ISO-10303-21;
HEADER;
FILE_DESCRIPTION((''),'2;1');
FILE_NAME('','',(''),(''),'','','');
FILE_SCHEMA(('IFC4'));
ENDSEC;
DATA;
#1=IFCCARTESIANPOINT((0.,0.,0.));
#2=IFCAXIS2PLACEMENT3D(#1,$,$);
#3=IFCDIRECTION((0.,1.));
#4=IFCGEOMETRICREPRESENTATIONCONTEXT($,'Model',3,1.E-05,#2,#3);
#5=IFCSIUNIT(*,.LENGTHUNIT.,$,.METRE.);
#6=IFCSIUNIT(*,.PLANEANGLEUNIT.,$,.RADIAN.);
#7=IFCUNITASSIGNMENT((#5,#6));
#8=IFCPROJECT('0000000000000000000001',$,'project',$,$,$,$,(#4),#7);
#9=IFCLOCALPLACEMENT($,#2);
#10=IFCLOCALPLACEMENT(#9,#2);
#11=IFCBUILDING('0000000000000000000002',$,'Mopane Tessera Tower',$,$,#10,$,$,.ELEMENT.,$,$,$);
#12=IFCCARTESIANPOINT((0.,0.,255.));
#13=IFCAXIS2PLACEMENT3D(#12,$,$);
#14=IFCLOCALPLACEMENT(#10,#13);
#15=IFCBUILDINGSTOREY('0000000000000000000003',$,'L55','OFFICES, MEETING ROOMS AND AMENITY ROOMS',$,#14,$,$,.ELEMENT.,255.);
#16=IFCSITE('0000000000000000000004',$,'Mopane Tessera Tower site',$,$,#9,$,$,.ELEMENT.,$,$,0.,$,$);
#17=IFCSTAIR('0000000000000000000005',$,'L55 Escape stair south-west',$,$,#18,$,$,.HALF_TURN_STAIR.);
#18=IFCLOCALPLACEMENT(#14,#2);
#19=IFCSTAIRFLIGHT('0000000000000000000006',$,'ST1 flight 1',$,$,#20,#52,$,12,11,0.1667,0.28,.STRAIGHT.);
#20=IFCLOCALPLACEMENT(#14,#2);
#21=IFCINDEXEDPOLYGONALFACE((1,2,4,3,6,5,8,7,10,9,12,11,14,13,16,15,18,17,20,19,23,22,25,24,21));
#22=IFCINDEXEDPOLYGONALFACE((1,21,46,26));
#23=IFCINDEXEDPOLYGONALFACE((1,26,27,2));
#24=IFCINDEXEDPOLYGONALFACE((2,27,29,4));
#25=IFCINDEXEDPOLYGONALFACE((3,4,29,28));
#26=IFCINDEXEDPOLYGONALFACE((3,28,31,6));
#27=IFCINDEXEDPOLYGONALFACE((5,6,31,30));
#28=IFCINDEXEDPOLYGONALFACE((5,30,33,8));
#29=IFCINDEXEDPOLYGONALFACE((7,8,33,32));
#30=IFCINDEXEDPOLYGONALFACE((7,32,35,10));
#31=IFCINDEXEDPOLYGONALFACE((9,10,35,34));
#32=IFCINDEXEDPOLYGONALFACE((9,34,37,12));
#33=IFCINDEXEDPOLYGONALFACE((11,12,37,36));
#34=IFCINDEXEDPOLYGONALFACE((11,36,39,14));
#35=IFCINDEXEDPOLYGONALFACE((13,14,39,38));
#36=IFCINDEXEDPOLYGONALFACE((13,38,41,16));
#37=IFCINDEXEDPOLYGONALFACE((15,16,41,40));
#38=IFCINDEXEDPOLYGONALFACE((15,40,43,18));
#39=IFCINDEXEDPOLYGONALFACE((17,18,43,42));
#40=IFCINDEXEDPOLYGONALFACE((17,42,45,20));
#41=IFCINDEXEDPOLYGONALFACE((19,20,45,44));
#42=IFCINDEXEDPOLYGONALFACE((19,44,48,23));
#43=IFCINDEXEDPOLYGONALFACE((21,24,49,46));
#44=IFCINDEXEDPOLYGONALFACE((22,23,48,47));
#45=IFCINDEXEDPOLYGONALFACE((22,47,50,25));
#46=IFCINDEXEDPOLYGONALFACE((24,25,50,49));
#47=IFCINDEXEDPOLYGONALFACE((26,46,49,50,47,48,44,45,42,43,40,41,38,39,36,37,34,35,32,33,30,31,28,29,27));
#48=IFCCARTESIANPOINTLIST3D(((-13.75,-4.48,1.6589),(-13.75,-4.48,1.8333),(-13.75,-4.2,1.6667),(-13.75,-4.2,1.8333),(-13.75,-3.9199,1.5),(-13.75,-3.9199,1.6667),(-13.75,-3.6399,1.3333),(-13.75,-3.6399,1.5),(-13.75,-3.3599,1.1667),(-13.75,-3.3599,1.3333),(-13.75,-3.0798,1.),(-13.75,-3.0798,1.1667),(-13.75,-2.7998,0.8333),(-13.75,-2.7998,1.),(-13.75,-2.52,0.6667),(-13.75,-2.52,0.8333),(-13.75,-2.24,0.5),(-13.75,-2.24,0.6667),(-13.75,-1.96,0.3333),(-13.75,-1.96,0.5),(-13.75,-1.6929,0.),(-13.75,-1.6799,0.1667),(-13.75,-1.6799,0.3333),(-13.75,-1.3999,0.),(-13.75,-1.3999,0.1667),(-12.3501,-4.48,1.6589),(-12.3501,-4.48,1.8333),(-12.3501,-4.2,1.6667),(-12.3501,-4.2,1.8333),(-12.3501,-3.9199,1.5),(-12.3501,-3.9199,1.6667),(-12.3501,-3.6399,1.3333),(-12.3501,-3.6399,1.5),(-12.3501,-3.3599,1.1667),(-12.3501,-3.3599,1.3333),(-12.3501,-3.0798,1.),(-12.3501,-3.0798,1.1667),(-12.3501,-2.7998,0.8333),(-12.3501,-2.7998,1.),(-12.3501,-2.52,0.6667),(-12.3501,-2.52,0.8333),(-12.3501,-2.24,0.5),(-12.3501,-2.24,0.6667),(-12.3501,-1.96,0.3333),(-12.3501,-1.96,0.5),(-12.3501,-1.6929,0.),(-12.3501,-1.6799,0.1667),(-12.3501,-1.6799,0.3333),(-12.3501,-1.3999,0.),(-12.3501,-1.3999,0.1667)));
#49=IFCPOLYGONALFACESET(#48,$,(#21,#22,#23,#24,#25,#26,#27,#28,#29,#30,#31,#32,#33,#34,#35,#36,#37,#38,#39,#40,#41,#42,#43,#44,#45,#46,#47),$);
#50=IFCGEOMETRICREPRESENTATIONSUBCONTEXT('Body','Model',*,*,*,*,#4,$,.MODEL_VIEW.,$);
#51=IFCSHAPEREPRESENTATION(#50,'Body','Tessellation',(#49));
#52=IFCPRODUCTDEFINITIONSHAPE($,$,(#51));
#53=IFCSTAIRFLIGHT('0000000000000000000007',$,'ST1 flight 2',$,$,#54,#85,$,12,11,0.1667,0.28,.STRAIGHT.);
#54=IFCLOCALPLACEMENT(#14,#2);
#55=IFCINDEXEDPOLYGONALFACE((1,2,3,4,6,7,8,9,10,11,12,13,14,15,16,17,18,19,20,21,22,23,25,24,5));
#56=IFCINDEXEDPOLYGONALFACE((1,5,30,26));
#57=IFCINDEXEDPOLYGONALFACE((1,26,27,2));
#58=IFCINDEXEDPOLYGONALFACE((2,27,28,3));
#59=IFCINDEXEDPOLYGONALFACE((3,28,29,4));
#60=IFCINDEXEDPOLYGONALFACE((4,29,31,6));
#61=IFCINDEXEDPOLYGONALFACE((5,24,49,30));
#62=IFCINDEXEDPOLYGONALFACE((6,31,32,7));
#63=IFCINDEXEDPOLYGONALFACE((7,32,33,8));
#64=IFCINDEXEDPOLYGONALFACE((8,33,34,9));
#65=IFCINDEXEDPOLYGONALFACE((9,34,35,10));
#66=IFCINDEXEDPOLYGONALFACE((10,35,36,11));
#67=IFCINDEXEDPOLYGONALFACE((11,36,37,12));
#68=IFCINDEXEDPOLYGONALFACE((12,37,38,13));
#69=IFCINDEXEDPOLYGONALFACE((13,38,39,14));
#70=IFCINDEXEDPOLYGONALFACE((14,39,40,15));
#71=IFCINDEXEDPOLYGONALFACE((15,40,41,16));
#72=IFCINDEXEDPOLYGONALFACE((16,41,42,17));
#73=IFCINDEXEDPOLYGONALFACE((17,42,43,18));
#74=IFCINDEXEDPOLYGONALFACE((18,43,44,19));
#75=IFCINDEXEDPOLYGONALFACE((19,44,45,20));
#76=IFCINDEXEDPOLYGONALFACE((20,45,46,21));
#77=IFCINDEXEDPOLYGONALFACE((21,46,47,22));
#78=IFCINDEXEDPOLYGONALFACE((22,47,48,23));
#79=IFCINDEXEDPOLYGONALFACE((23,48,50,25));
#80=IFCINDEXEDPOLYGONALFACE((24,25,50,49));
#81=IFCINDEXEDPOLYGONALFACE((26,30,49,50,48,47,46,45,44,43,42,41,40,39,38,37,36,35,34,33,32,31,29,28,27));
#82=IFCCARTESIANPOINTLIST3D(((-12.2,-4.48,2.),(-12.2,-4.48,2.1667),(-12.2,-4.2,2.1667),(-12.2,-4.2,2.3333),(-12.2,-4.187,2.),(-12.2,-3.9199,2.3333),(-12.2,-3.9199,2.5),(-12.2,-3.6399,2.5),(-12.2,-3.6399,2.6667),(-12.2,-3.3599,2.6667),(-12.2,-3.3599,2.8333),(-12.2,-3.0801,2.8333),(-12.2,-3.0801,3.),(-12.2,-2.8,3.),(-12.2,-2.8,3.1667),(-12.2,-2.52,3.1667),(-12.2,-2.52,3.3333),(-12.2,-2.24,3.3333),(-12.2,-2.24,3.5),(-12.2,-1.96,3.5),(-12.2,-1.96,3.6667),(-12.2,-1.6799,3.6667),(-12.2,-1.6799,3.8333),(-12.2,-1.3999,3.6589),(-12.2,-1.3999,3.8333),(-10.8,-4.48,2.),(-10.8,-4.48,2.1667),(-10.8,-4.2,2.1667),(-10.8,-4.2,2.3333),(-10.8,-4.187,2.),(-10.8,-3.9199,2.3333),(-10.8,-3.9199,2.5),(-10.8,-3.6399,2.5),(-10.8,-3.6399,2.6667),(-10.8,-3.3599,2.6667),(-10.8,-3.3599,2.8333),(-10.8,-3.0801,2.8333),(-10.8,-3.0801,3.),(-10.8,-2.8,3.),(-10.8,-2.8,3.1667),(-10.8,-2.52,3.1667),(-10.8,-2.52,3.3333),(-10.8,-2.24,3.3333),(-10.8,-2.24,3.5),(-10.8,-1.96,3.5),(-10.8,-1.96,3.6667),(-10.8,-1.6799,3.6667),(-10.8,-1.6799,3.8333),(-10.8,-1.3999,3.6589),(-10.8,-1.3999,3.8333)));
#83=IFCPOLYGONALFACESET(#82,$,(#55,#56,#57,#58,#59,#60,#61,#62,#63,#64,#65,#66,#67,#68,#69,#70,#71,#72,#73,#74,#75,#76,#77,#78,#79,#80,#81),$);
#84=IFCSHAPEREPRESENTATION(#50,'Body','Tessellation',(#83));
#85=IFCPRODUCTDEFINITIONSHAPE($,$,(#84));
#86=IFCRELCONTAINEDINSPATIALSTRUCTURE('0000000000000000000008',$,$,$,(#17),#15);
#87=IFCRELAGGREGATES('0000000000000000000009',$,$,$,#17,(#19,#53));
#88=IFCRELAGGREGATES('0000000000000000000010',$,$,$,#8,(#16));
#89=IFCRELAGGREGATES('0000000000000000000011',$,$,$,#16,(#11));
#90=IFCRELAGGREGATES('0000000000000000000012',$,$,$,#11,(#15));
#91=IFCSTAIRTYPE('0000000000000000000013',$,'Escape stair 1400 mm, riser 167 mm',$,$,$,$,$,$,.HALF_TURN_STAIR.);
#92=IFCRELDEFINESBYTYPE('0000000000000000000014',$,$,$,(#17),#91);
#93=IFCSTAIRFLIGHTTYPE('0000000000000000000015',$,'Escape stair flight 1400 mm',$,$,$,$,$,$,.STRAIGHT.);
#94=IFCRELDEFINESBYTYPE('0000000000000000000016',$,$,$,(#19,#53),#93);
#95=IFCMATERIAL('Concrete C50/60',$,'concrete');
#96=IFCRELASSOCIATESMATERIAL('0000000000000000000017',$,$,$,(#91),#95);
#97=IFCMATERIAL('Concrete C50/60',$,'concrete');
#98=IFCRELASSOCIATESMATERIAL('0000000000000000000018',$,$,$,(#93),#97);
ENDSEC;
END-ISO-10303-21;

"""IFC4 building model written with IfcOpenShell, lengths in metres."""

from ifc_helpers import new_model, si_unit, direction, frame, origin, place, context, subcontext, project, spatial, polyline, outline, extrude, material, type_object, element, aggregate, save


model = new_model("IFC4")

# Units and contexts
model_context = context("Model", 3, precision=1e-05, world=origin(), true_north=direction((0.0, 1.0)))
body_context = subcontext(model_context, "Body", "Model", "MODEL_VIEW")
ifc_project = project(units=[si_unit("LENGTHUNIT", "METRE"), si_unit("PLANEANGLEUNIT", "RADIAN")], contexts=[model_context])

# Site, building, storey
site_placement = place(None, origin())
site = spatial("IfcSite", under=ifc_project, at=site_placement, Name="Mopane Tessera Tower site", CompositionType="ELEMENT", RefElevation=0.0)
building_placement = place(site_placement, origin())
building = spatial("IfcBuilding", under=site, at=building_placement, Name="Mopane Tessera Tower", CompositionType="ELEMENT")
storey_placement = place(building_placement, frame((0.0, 0.0, 255.0)))
storey = spatial("IfcBuildingStorey", under=building, at=storey_placement, Name="L55", Description="OFFICES, MEETING ROOMS AND AMENITY ROOMS", CompositionType="ELEMENT", Elevation=255.0)

# Stair, stair flights
ifc_material_1 = material(Name="Concrete C50/60", Category="concrete")
stair_type = type_object("IfcStairType", Name="Escape stair 1400 mm, riser 167 mm", PredefinedType="HALF_TURN_STAIR", material=ifc_material_1)
stair_placement = place(storey_placement, origin())
stair = element("IfcStair", 1, at=stair_placement, inside=storey, type_object=stair_type, Name="L55 Escape stair south-west", PredefinedType="HALF_TURN_STAIR")
ifc_material_2 = material(Name="Concrete C50/60", Category="concrete")
stair_flight_type = type_object("IfcStairFlightType", Name="Escape stair flight 1400 mm", PredefinedType="STRAIGHT", material=ifc_material_2)
stair_flight_1_placement = place(storey_placement, frame((-13.05, -1.3999, 0.0), z_axis=(0.0, 0.0, 1.0), x_axis=(0.0, -1.0, 0.0)))
stair_flight_1 = element("IfcStairFlight", 2, at=stair_flight_1_placement, type_object=stair_flight_type, Name="ST1 flight 1", NumberOfRisers=12, NumberOfTreads=11, PredefinedType="STRAIGHT", RiserHeight=0.1667, TreadLength=0.28, context=body_context, shape_type="SweptSolid", body=[
    extrude(outline(polyline([(0.0, 0.0), (0.0, 0.1667), (0.28, 0.1667), (0.28, 0.3333), (0.5601, 0.3333), (0.5601, 0.5), (0.8401, 0.5), (0.8401, 0.6667), (1.1201, 0.6667), (1.1201, 0.8333), (1.3999, 0.8333), (1.3999, 1.0), (1.6799, 1.0), (1.6799, 1.1667), (1.96, 1.1667), (1.96, 1.3333), (2.24, 1.3333), (2.24, 1.5), (2.52, 1.5), (2.52, 1.6667), (2.8, 1.6667), (2.8, 1.8333), (3.0801, 1.8333), (3.0801, 2.0), (3.0801, 1.6589), (0.293, 0.0), (0.0, 0.0)])), frame((0.0, 0.7, 0.0), z_axis=(0.0, -1.0, 0.0), x_axis=(1.0, 0.0, 0.0)), (0.0, 0.0, 1.0), 1.3999),
])
stair_flight_2_placement = place(storey_placement, frame((-11.5, -4.48, 2.0), z_axis=(0.0, 0.0, 1.0), x_axis=(0.0, 1.0, 0.0)))
stair_flight_2 = element("IfcStairFlight", 3, at=stair_flight_2_placement, type_object=stair_flight_type, Name="ST1 flight 2", NumberOfRisers=12, NumberOfTreads=11, PredefinedType="STRAIGHT", RiserHeight=0.1667, TreadLength=0.28, context=body_context, shape_type="SweptSolid", body=[
    extrude(outline(polyline([(0.0, 0.0), (0.0, 0.1667), (0.28, 0.1667), (0.28, 0.3333), (0.5601, 0.3333), (0.5601, 0.5), (0.8401, 0.5), (0.8401, 0.6667), (1.1201, 0.6667), (1.1201, 0.8333), (1.3999, 0.8333), (1.3999, 1.0), (1.6799, 1.0), (1.6799, 1.1667), (1.96, 1.1667), (1.96, 1.3333), (2.24, 1.3333), (2.24, 1.5), (2.52, 1.5), (2.52, 1.6667), (2.8, 1.6667), (2.8, 1.8333), (3.0801, 1.8333), (3.0801, 2.0), (3.0801, 1.6589), (0.293, 0.0), (0.0, 0.0)])), frame((0.0, 0.7, 0.0), z_axis=(0.0, -1.0, 0.0), x_axis=(1.0, 0.0, 0.0)), (0.0, 0.0, 1.0), 1.3999),
])
aggregate(stair, [stair_flight_1, stair_flight_2])

save(model, "model.ifc")
